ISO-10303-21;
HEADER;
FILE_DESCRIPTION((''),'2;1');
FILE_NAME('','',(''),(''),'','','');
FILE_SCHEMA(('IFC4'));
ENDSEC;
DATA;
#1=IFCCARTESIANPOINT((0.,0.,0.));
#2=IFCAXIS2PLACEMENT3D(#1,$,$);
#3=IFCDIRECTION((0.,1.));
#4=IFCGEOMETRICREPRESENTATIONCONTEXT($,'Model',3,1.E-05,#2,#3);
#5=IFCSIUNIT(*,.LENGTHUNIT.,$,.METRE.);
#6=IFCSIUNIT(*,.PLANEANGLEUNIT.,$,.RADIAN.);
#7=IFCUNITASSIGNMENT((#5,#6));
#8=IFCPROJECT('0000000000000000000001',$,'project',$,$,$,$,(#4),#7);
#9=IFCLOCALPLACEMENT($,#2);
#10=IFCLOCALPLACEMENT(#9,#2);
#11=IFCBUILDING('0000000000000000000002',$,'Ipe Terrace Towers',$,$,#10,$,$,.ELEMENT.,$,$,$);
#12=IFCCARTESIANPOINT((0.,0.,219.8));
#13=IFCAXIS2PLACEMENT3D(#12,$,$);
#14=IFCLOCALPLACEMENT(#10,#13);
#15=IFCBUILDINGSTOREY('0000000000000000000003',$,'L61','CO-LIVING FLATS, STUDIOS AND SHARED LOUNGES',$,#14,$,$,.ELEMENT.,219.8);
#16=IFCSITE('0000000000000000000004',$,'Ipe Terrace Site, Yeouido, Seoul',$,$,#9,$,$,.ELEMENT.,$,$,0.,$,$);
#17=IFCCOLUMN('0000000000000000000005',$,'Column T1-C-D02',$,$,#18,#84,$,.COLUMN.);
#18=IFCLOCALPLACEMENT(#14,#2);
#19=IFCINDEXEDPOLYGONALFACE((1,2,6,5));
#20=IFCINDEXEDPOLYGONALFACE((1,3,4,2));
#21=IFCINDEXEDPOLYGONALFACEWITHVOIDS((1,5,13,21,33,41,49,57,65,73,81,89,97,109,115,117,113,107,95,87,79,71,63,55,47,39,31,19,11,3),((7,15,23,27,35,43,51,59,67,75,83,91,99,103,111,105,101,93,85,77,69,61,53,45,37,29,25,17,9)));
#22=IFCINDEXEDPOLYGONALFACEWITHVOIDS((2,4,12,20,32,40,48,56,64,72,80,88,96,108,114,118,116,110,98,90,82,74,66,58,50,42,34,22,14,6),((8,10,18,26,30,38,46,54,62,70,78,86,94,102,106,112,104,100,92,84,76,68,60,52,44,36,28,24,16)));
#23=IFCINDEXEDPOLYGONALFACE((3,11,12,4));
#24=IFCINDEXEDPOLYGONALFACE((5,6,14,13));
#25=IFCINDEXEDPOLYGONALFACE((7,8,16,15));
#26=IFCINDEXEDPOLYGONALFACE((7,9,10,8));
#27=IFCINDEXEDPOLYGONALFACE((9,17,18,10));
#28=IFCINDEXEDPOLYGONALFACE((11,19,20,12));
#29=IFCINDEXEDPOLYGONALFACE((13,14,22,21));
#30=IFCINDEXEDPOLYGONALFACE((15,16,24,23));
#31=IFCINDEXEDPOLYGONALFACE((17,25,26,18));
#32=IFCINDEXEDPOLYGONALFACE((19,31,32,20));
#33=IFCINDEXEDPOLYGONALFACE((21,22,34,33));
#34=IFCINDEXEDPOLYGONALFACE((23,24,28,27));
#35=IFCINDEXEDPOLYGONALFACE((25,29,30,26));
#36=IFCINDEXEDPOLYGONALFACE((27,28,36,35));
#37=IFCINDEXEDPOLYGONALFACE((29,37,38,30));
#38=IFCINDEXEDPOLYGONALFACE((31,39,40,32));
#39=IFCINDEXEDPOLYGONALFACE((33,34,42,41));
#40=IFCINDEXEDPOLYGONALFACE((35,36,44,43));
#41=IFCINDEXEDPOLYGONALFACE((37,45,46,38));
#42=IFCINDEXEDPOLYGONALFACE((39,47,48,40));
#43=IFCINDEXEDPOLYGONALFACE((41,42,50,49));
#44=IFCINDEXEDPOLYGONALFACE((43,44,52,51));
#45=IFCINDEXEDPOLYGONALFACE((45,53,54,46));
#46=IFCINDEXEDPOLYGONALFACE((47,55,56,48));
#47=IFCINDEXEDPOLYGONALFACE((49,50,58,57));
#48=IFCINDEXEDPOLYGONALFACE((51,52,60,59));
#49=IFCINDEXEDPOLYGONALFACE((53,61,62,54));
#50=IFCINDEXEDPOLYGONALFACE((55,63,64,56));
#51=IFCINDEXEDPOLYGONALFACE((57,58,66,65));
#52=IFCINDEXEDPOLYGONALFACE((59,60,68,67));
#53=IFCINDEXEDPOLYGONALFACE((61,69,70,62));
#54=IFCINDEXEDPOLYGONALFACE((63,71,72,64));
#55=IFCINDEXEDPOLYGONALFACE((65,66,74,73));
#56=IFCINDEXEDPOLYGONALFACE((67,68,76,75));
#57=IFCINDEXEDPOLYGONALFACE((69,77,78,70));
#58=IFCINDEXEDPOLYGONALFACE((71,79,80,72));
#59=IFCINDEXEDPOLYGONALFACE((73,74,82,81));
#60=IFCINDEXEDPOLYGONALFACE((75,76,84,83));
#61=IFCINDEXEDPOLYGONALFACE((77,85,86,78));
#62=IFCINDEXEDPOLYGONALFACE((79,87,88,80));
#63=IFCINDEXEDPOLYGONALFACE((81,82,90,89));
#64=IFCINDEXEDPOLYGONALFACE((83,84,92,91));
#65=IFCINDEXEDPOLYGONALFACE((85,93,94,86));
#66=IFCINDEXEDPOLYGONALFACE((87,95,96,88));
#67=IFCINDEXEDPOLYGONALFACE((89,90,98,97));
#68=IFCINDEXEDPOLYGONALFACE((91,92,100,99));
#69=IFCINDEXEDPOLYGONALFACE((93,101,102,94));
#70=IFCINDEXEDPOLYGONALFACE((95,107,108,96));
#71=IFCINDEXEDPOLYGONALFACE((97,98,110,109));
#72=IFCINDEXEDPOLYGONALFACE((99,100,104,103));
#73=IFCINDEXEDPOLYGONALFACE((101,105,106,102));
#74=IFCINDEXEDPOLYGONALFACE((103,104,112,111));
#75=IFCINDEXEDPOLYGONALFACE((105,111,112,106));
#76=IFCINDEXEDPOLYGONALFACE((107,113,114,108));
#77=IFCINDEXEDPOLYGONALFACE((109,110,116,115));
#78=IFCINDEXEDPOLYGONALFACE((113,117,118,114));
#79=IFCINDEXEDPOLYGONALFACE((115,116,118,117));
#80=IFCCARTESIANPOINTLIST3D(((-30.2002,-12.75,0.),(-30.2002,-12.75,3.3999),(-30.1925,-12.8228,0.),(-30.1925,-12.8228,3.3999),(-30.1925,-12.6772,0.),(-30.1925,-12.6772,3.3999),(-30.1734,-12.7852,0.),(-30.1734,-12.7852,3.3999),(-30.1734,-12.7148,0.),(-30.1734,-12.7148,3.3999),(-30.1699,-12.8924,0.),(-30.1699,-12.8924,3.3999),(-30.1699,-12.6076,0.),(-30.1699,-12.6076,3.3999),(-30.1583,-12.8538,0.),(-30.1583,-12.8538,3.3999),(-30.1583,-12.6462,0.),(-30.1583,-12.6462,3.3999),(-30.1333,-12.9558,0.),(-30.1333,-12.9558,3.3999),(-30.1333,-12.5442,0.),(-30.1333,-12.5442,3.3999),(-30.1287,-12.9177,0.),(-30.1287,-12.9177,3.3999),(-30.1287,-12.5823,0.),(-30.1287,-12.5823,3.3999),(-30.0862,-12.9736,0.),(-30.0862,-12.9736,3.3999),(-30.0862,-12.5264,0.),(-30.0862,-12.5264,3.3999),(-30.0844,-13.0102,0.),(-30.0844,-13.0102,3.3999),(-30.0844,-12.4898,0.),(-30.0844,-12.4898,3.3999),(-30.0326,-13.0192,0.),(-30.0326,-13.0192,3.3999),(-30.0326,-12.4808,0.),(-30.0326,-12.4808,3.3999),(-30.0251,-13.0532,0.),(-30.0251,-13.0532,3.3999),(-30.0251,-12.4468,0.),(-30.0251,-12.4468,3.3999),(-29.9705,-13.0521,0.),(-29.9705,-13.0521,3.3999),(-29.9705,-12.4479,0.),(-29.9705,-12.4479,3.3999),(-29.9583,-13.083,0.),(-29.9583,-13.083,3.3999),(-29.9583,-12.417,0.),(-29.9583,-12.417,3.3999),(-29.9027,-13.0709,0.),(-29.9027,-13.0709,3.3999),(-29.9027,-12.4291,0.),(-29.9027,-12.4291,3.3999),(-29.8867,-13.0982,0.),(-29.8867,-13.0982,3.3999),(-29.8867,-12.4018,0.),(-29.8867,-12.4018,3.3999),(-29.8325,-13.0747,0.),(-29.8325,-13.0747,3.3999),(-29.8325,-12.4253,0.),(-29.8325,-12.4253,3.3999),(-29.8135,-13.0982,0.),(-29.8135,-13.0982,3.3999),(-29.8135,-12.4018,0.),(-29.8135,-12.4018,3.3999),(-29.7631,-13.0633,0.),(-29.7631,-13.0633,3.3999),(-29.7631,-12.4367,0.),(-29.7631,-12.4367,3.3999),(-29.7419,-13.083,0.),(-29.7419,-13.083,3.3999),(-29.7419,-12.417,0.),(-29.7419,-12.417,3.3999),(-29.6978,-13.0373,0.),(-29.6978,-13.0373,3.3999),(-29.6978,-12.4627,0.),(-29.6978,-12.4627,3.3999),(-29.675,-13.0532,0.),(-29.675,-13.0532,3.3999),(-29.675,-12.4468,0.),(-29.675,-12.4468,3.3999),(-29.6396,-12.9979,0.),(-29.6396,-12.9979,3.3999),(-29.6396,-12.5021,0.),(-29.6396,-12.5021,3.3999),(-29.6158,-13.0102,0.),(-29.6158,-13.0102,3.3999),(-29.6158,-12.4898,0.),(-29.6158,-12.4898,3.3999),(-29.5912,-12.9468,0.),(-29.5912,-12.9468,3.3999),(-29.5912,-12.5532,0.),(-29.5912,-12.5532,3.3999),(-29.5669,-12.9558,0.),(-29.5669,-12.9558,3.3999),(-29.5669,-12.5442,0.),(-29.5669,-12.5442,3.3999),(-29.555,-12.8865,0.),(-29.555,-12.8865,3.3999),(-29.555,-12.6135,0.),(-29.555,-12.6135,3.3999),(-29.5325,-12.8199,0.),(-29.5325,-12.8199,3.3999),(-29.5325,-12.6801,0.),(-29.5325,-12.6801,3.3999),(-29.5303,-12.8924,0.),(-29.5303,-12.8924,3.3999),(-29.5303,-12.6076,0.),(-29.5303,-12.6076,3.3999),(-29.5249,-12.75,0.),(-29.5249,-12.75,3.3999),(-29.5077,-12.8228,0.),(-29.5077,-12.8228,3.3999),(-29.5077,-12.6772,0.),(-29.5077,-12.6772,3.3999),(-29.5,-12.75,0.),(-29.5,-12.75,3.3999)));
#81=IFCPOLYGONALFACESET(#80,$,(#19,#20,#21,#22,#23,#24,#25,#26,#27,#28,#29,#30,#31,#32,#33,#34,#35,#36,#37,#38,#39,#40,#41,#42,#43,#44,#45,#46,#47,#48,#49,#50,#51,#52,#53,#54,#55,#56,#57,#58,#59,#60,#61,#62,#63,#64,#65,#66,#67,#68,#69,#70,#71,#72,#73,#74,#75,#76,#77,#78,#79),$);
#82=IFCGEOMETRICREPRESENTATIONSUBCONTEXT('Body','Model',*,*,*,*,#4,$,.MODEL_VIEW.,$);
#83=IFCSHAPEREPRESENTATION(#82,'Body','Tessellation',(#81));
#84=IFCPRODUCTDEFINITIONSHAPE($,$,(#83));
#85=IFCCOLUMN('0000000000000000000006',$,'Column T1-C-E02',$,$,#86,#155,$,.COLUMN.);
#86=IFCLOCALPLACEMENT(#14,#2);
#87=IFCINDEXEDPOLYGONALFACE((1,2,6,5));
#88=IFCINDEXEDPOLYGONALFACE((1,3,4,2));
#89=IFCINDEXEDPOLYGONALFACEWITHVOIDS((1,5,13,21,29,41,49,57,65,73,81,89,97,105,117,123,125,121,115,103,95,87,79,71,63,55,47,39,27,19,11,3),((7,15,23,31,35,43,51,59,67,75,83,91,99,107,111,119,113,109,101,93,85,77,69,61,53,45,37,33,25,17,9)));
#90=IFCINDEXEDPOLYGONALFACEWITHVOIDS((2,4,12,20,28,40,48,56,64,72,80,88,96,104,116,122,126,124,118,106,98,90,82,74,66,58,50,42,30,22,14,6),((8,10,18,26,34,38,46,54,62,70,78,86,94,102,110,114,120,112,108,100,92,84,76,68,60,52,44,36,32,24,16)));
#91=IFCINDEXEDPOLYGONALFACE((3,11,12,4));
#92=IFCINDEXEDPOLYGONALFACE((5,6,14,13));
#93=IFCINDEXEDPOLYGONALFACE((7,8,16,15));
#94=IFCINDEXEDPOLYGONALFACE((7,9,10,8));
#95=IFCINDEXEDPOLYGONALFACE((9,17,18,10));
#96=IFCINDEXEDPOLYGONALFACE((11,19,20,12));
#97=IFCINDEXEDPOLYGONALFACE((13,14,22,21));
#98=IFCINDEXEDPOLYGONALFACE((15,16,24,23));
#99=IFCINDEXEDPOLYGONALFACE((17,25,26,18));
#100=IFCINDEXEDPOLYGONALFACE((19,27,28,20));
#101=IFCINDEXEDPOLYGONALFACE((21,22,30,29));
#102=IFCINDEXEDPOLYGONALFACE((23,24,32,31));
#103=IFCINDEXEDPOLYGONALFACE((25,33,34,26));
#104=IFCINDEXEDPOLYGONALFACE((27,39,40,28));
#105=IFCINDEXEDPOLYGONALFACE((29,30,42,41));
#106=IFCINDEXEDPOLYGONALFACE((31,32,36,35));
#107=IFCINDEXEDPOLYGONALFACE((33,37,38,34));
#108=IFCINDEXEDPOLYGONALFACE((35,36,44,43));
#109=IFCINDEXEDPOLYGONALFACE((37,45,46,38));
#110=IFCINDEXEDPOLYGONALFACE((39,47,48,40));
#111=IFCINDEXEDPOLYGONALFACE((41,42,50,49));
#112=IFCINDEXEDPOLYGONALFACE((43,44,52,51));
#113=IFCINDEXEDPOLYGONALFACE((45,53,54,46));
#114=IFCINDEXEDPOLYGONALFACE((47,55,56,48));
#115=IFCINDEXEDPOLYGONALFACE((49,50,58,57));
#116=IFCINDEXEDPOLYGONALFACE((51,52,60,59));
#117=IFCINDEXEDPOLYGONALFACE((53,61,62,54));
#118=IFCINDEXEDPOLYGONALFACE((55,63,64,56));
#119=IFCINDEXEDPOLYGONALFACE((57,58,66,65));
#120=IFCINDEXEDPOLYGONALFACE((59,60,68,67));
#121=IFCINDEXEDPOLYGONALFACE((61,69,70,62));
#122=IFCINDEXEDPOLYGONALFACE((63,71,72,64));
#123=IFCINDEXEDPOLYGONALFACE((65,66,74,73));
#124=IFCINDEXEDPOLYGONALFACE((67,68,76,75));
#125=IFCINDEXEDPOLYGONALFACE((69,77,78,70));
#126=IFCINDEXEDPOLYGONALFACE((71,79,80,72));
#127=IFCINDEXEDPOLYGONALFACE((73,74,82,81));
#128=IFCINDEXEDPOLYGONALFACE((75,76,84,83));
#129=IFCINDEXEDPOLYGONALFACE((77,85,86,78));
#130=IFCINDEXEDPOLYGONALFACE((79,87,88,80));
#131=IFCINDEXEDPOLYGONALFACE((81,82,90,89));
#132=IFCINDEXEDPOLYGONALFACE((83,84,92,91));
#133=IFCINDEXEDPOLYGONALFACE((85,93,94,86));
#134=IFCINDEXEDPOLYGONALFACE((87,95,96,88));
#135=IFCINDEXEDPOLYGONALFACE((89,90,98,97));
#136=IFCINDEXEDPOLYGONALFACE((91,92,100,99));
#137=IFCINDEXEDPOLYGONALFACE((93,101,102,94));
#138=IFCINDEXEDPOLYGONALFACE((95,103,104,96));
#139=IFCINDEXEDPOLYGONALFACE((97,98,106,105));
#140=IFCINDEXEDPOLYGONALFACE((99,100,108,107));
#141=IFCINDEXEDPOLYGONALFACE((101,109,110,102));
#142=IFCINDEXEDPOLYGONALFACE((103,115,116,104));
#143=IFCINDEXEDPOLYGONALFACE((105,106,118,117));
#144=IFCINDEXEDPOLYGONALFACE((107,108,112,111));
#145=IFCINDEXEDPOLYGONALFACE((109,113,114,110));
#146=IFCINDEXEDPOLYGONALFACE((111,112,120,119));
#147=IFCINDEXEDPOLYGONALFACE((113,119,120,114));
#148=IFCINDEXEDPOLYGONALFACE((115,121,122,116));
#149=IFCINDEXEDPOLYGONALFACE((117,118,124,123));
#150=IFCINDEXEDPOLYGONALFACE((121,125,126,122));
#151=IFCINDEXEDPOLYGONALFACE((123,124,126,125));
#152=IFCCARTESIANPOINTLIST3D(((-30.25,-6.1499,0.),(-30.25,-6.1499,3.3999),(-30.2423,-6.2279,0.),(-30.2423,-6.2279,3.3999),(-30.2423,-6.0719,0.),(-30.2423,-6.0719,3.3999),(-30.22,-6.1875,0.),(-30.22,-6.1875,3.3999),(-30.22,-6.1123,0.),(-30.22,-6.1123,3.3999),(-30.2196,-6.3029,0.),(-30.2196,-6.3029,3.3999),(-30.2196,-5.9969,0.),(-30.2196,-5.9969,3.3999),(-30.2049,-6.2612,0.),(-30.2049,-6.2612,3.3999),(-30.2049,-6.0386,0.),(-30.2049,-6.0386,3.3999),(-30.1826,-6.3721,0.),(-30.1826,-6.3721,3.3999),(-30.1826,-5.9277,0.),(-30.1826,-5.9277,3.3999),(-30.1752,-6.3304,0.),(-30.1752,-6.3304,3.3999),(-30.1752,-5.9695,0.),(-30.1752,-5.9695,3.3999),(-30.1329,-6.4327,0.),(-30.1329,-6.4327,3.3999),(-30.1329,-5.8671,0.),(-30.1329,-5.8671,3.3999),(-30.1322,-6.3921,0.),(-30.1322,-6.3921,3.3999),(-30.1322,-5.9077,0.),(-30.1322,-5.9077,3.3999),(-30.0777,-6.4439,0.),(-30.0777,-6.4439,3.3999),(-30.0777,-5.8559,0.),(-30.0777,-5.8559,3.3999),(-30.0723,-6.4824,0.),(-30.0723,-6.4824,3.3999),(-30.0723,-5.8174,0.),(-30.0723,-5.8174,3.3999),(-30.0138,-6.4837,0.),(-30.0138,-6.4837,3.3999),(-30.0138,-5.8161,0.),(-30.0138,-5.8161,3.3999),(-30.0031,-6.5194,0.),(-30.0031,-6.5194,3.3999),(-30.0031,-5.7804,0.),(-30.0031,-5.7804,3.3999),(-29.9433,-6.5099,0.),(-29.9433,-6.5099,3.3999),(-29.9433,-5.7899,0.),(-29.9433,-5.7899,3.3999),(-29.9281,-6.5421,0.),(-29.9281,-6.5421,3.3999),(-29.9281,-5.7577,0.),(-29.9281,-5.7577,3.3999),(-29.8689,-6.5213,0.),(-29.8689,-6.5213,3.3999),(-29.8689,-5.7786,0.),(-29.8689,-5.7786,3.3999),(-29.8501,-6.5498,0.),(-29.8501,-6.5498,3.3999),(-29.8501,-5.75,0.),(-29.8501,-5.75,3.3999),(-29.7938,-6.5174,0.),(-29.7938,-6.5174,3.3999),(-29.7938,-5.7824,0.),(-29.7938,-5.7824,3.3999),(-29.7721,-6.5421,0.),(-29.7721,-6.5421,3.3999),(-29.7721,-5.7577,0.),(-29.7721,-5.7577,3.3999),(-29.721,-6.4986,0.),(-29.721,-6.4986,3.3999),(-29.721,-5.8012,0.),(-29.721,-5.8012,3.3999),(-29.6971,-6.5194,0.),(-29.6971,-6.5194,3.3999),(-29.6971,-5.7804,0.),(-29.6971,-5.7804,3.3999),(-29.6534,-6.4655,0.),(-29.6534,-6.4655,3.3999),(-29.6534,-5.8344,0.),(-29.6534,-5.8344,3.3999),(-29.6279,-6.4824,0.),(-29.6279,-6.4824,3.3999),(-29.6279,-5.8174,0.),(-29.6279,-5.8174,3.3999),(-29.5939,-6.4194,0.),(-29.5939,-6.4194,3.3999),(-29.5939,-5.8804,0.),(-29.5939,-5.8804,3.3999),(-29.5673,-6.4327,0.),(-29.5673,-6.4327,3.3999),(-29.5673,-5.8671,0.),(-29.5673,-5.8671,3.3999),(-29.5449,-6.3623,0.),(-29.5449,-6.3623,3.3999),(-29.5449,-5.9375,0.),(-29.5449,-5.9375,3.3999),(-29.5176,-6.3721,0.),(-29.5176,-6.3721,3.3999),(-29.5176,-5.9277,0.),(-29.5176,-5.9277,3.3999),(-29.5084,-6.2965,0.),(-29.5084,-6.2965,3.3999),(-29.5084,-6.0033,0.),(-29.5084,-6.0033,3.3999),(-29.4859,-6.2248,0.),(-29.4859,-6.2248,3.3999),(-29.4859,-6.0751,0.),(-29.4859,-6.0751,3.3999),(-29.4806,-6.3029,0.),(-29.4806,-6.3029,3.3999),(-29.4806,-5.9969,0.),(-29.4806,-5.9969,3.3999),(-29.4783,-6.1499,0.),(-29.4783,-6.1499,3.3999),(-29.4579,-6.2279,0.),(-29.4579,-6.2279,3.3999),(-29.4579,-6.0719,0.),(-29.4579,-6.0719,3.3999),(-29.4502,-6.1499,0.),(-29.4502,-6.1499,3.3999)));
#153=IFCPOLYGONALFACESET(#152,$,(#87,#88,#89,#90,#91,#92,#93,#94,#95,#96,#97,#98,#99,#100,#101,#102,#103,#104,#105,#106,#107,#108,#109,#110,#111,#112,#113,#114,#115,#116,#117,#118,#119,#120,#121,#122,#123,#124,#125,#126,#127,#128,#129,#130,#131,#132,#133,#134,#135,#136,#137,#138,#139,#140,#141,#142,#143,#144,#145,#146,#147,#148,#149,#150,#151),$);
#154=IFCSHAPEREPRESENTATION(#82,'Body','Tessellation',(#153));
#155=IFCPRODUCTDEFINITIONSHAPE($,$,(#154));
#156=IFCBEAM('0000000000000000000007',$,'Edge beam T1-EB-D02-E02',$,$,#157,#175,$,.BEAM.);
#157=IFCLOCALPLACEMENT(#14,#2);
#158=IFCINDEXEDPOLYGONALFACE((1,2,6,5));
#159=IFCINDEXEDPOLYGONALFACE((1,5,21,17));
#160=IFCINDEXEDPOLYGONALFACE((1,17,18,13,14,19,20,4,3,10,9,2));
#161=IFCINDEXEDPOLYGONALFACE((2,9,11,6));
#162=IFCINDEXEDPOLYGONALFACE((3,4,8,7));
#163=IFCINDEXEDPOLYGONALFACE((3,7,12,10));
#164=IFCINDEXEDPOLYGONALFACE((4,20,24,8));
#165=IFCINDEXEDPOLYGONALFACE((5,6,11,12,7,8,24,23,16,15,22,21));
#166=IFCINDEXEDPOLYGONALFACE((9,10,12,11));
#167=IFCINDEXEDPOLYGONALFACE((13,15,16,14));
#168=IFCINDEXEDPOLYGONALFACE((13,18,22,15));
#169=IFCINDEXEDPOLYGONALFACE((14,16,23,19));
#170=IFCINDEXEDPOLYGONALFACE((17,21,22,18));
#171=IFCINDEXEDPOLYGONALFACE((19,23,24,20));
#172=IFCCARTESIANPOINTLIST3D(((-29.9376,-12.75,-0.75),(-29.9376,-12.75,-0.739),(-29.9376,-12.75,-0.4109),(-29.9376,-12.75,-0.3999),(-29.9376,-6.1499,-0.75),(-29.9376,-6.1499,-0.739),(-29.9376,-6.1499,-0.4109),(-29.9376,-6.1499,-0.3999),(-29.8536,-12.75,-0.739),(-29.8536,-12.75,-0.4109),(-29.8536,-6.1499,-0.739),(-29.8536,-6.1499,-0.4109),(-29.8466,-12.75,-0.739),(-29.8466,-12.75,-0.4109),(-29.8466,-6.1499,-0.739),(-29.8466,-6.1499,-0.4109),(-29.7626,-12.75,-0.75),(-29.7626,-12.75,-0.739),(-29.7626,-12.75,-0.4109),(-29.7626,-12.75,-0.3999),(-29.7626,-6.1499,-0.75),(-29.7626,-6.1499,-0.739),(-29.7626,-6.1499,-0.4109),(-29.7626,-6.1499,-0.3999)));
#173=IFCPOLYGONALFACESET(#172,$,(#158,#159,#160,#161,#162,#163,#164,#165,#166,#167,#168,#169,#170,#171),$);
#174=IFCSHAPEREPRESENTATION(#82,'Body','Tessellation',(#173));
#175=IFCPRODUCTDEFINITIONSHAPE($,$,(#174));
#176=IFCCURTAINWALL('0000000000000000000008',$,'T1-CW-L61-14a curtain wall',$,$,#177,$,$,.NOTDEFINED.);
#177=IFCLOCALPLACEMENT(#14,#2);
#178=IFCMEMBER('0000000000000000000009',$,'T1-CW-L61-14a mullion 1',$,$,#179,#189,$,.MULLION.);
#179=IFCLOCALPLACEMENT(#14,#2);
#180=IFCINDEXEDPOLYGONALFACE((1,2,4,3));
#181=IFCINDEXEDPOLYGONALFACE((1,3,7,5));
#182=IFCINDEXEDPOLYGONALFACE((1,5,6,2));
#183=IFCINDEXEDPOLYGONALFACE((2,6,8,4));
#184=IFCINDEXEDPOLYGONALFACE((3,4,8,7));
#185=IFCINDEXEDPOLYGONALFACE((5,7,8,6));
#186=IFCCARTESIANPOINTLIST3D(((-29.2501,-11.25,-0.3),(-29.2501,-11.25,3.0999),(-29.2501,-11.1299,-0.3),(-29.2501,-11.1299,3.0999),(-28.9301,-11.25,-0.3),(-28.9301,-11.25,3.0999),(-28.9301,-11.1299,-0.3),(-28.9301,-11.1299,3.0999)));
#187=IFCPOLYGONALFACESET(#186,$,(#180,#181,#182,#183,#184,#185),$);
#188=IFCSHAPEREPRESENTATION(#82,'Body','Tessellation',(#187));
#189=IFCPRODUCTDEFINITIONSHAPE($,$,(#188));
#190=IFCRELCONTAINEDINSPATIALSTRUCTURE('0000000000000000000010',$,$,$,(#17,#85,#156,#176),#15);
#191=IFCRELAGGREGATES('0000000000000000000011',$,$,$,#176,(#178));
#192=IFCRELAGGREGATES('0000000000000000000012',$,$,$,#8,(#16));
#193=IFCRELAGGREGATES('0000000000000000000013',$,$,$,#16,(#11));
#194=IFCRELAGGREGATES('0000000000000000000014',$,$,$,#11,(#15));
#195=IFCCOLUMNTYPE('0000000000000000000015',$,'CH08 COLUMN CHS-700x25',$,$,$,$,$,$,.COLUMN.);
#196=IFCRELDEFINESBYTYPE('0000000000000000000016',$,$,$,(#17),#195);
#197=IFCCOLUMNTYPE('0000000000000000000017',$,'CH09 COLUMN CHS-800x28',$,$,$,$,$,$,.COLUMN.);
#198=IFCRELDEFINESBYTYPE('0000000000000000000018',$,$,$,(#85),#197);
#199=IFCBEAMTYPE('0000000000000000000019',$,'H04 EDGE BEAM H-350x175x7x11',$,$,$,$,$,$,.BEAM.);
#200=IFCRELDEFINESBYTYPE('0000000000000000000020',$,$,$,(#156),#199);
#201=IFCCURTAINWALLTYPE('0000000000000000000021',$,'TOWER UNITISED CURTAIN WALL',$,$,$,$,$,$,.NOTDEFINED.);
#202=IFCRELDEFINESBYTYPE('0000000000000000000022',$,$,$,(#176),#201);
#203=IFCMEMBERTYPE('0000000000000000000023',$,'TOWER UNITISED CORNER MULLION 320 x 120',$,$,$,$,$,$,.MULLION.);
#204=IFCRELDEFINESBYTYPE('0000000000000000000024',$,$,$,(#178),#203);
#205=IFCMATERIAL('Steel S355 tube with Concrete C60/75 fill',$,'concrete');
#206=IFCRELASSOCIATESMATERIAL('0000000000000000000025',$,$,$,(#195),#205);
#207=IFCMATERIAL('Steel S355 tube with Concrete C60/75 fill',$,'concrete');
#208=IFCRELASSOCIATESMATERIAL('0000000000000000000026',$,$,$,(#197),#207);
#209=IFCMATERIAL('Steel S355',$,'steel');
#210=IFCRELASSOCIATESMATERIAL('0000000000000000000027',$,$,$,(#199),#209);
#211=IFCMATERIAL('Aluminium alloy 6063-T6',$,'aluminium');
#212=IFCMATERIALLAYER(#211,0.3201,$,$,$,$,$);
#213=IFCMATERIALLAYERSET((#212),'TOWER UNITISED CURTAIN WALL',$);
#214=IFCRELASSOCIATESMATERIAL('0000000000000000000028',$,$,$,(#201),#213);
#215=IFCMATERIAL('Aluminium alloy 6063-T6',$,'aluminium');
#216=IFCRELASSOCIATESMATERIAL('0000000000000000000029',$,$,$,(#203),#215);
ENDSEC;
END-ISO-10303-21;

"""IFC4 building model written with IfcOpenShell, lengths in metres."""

from ifc_helpers import new_model, si_unit, direction, frame, origin, origin_2d, place, context, subcontext, project, spatial, rectangle, hollow_circle, i_section, extrude, material, layer, layer_set, material_profile, profile_set, type_object, element, aggregate, save


model = new_model("IFC4")

# Units and contexts
model_context = context("Model", 3, precision=1e-05, world=origin(), true_north=direction((0.0, 1.0)))
body_context = subcontext(model_context, "Body", "Model", "MODEL_VIEW")
ifc_project = project(units=[si_unit("LENGTHUNIT", "METRE"), si_unit("PLANEANGLEUNIT", "RADIAN")], contexts=[model_context])

# Site, building, storey
site_placement = place(None, origin())
site = spatial("IfcSite", under=ifc_project, at=site_placement, Name="Ipe Terrace Site, Yeouido, Seoul", CompositionType="ELEMENT", RefElevation=0.0)
building_placement = place(site_placement, origin())
building = spatial("IfcBuilding", under=site, at=building_placement, Name="Ipe Terrace Towers", CompositionType="ELEMENT")
storey_placement = place(building_placement, frame((0.0, 0.0, 219.8)))
storey = spatial("IfcBuildingStorey", under=building, at=storey_placement, Name="L61", Description="CO-LIVING FLATS, STUDIOS AND SHARED LOUNGES", CompositionType="ELEMENT", Elevation=219.8)

# Columns
ifc_material_1 = material(Name="Steel S355 tube with Concrete C60/75 fill", Category="concrete")
ifc_material_profile_1 = material_profile(ifc_material_1, hollow_circle(Radius=0.3501, WallThickness=0.0249, at=origin_2d()), Name="CHS-700x25")
ifc_profile_set_1 = profile_set([ifc_material_profile_1], Name="Steel S355 tube with Concrete C60/75 fill")
column_type_1 = type_object("IfcColumnType", Name="CH08 COLUMN CHS-700x25", PredefinedType="COLUMN", material=ifc_profile_set_1)
column_1_placement = place(storey_placement, frame((-29.8501, -12.75, 0.0), z_axis=(0.0, 0.0, 1.0), x_axis=(1.0, 0.0, 0.0)))
element("IfcColumn", 1, at=column_1_placement, inside=storey, type_object=column_type_1, Name="Column T1-C-D02", PredefinedType="COLUMN", context=body_context, shape_type="SweptSolid", body=[
    extrude(hollow_circle(Radius=0.3501, WallThickness=0.0249, at=origin_2d()), origin(), (0.0, 0.0, 1.0), 3.3999),
])
ifc_material_2 = material(Name="Steel S355 tube with Concrete C60/75 fill", Category="concrete")
ifc_material_profile_2 = material_profile(ifc_material_2, hollow_circle(Radius=0.3999, WallThickness=0.0281, at=origin_2d()), Name="CHS-800x28")
ifc_profile_set_2 = profile_set([ifc_material_profile_2], Name="Steel S355 tube with Concrete C60/75 fill")
column_type_2 = type_object("IfcColumnType", Name="CH09 COLUMN CHS-800x28", PredefinedType="COLUMN", material=ifc_profile_set_2)
column_2_placement = place(storey_placement, frame((-29.8501, -6.1499, 0.0), z_axis=(0.0, 0.0, 1.0), x_axis=(1.0, 0.0, 0.0)))
element("IfcColumn", 2, at=column_2_placement, inside=storey, type_object=column_type_2, Name="Column T1-C-E02", PredefinedType="COLUMN", context=body_context, shape_type="SweptSolid", body=[
    extrude(hollow_circle(Radius=0.3999, WallThickness=0.0281, at=origin_2d()), origin(), (0.0, 0.0, 1.0), 3.3999),
])

# Beam
ifc_material_3 = material(Name="Steel S355", Category="steel")
ifc_material_profile_3 = material_profile(ifc_material_3, i_section(OverallWidth=0.175, OverallDepth=0.3501, WebThickness=0.0071, FlangeThickness=0.011, at=origin_2d()), Name="H-350x175x7x11")
ifc_profile_set_3 = profile_set([ifc_material_profile_3], Name="Steel S355")
beam_type = type_object("IfcBeamType", Name="H04 EDGE BEAM H-350x175x7x11", PredefinedType="BEAM", material=ifc_profile_set_3)
beam_placement = place(storey_placement, frame((-29.8501, -12.75, -0.575), z_axis=(0.0, 1.0, 0.0), x_axis=(-1.0, 0.0, 0.0)))
element("IfcBeam", 3, at=beam_placement, inside=storey, type_object=beam_type, Name="Edge beam T1-EB-D02-E02", PredefinedType="BEAM", context=body_context, shape_type="SweptSolid", body=[
    extrude(i_section(OverallWidth=0.175, OverallDepth=0.3501, WebThickness=0.0071, FlangeThickness=0.011, at=origin_2d()), origin(), (0.0, 0.0, 1.0), 6.6001),
])

# Curtain wall, member
ifc_material_4 = material(Name="Aluminium alloy 6063-T6", Category="aluminium")
ifc_layer_1 = layer(ifc_material_4, 0.3201)
ifc_layer_set_1 = layer_set([ifc_layer_1], Name="TOWER UNITISED CURTAIN WALL")
curtain_wall_type = type_object("IfcCurtainWallType", Name="TOWER UNITISED CURTAIN WALL", PredefinedType="NOTDEFINED", material=ifc_layer_set_1)
curtain_wall_placement = place(storey_placement, origin())
curtain_wall = element("IfcCurtainWall", 4, at=curtain_wall_placement, inside=storey, type_object=curtain_wall_type, Name="T1-CW-L61-14a curtain wall", PredefinedType="NOTDEFINED")
ifc_material_5 = material(Name="Aluminium alloy 6063-T6", Category="aluminium")
ifc_material_profile_4 = material_profile(ifc_material_5, rectangle(XDim=0.3201, YDim=0.1201, at=origin_2d()), Name="TOWER UNITISED CORNER MULLION 320 x 120")
ifc_profile_set_4 = profile_set([ifc_material_profile_4], Name="Aluminium alloy 6063-T6")
member_type = type_object("IfcMemberType", Name="TOWER UNITISED CORNER MULLION 320 x 120", PredefinedType="MULLION", material=ifc_profile_set_4)
member_1_placement = place(storey_placement, frame((-29.0901, -11.1899, -0.3), z_axis=(0.0, 0.0, 1.0), x_axis=(1.0, 0.0, 0.0)))
member_1 = element("IfcMember", 5, at=member_1_placement, type_object=member_type, Name="T1-CW-L61-14a mullion 1", PredefinedType="MULLION", context=body_context, shape_type="SweptSolid", body=[
    extrude(rectangle(XDim=0.3201, YDim=0.1201, at=origin_2d()), origin(), (0.0, 0.0, 1.0), 3.3999),
])
aggregate(curtain_wall, [member_1])

save(model, "model.ifc")
